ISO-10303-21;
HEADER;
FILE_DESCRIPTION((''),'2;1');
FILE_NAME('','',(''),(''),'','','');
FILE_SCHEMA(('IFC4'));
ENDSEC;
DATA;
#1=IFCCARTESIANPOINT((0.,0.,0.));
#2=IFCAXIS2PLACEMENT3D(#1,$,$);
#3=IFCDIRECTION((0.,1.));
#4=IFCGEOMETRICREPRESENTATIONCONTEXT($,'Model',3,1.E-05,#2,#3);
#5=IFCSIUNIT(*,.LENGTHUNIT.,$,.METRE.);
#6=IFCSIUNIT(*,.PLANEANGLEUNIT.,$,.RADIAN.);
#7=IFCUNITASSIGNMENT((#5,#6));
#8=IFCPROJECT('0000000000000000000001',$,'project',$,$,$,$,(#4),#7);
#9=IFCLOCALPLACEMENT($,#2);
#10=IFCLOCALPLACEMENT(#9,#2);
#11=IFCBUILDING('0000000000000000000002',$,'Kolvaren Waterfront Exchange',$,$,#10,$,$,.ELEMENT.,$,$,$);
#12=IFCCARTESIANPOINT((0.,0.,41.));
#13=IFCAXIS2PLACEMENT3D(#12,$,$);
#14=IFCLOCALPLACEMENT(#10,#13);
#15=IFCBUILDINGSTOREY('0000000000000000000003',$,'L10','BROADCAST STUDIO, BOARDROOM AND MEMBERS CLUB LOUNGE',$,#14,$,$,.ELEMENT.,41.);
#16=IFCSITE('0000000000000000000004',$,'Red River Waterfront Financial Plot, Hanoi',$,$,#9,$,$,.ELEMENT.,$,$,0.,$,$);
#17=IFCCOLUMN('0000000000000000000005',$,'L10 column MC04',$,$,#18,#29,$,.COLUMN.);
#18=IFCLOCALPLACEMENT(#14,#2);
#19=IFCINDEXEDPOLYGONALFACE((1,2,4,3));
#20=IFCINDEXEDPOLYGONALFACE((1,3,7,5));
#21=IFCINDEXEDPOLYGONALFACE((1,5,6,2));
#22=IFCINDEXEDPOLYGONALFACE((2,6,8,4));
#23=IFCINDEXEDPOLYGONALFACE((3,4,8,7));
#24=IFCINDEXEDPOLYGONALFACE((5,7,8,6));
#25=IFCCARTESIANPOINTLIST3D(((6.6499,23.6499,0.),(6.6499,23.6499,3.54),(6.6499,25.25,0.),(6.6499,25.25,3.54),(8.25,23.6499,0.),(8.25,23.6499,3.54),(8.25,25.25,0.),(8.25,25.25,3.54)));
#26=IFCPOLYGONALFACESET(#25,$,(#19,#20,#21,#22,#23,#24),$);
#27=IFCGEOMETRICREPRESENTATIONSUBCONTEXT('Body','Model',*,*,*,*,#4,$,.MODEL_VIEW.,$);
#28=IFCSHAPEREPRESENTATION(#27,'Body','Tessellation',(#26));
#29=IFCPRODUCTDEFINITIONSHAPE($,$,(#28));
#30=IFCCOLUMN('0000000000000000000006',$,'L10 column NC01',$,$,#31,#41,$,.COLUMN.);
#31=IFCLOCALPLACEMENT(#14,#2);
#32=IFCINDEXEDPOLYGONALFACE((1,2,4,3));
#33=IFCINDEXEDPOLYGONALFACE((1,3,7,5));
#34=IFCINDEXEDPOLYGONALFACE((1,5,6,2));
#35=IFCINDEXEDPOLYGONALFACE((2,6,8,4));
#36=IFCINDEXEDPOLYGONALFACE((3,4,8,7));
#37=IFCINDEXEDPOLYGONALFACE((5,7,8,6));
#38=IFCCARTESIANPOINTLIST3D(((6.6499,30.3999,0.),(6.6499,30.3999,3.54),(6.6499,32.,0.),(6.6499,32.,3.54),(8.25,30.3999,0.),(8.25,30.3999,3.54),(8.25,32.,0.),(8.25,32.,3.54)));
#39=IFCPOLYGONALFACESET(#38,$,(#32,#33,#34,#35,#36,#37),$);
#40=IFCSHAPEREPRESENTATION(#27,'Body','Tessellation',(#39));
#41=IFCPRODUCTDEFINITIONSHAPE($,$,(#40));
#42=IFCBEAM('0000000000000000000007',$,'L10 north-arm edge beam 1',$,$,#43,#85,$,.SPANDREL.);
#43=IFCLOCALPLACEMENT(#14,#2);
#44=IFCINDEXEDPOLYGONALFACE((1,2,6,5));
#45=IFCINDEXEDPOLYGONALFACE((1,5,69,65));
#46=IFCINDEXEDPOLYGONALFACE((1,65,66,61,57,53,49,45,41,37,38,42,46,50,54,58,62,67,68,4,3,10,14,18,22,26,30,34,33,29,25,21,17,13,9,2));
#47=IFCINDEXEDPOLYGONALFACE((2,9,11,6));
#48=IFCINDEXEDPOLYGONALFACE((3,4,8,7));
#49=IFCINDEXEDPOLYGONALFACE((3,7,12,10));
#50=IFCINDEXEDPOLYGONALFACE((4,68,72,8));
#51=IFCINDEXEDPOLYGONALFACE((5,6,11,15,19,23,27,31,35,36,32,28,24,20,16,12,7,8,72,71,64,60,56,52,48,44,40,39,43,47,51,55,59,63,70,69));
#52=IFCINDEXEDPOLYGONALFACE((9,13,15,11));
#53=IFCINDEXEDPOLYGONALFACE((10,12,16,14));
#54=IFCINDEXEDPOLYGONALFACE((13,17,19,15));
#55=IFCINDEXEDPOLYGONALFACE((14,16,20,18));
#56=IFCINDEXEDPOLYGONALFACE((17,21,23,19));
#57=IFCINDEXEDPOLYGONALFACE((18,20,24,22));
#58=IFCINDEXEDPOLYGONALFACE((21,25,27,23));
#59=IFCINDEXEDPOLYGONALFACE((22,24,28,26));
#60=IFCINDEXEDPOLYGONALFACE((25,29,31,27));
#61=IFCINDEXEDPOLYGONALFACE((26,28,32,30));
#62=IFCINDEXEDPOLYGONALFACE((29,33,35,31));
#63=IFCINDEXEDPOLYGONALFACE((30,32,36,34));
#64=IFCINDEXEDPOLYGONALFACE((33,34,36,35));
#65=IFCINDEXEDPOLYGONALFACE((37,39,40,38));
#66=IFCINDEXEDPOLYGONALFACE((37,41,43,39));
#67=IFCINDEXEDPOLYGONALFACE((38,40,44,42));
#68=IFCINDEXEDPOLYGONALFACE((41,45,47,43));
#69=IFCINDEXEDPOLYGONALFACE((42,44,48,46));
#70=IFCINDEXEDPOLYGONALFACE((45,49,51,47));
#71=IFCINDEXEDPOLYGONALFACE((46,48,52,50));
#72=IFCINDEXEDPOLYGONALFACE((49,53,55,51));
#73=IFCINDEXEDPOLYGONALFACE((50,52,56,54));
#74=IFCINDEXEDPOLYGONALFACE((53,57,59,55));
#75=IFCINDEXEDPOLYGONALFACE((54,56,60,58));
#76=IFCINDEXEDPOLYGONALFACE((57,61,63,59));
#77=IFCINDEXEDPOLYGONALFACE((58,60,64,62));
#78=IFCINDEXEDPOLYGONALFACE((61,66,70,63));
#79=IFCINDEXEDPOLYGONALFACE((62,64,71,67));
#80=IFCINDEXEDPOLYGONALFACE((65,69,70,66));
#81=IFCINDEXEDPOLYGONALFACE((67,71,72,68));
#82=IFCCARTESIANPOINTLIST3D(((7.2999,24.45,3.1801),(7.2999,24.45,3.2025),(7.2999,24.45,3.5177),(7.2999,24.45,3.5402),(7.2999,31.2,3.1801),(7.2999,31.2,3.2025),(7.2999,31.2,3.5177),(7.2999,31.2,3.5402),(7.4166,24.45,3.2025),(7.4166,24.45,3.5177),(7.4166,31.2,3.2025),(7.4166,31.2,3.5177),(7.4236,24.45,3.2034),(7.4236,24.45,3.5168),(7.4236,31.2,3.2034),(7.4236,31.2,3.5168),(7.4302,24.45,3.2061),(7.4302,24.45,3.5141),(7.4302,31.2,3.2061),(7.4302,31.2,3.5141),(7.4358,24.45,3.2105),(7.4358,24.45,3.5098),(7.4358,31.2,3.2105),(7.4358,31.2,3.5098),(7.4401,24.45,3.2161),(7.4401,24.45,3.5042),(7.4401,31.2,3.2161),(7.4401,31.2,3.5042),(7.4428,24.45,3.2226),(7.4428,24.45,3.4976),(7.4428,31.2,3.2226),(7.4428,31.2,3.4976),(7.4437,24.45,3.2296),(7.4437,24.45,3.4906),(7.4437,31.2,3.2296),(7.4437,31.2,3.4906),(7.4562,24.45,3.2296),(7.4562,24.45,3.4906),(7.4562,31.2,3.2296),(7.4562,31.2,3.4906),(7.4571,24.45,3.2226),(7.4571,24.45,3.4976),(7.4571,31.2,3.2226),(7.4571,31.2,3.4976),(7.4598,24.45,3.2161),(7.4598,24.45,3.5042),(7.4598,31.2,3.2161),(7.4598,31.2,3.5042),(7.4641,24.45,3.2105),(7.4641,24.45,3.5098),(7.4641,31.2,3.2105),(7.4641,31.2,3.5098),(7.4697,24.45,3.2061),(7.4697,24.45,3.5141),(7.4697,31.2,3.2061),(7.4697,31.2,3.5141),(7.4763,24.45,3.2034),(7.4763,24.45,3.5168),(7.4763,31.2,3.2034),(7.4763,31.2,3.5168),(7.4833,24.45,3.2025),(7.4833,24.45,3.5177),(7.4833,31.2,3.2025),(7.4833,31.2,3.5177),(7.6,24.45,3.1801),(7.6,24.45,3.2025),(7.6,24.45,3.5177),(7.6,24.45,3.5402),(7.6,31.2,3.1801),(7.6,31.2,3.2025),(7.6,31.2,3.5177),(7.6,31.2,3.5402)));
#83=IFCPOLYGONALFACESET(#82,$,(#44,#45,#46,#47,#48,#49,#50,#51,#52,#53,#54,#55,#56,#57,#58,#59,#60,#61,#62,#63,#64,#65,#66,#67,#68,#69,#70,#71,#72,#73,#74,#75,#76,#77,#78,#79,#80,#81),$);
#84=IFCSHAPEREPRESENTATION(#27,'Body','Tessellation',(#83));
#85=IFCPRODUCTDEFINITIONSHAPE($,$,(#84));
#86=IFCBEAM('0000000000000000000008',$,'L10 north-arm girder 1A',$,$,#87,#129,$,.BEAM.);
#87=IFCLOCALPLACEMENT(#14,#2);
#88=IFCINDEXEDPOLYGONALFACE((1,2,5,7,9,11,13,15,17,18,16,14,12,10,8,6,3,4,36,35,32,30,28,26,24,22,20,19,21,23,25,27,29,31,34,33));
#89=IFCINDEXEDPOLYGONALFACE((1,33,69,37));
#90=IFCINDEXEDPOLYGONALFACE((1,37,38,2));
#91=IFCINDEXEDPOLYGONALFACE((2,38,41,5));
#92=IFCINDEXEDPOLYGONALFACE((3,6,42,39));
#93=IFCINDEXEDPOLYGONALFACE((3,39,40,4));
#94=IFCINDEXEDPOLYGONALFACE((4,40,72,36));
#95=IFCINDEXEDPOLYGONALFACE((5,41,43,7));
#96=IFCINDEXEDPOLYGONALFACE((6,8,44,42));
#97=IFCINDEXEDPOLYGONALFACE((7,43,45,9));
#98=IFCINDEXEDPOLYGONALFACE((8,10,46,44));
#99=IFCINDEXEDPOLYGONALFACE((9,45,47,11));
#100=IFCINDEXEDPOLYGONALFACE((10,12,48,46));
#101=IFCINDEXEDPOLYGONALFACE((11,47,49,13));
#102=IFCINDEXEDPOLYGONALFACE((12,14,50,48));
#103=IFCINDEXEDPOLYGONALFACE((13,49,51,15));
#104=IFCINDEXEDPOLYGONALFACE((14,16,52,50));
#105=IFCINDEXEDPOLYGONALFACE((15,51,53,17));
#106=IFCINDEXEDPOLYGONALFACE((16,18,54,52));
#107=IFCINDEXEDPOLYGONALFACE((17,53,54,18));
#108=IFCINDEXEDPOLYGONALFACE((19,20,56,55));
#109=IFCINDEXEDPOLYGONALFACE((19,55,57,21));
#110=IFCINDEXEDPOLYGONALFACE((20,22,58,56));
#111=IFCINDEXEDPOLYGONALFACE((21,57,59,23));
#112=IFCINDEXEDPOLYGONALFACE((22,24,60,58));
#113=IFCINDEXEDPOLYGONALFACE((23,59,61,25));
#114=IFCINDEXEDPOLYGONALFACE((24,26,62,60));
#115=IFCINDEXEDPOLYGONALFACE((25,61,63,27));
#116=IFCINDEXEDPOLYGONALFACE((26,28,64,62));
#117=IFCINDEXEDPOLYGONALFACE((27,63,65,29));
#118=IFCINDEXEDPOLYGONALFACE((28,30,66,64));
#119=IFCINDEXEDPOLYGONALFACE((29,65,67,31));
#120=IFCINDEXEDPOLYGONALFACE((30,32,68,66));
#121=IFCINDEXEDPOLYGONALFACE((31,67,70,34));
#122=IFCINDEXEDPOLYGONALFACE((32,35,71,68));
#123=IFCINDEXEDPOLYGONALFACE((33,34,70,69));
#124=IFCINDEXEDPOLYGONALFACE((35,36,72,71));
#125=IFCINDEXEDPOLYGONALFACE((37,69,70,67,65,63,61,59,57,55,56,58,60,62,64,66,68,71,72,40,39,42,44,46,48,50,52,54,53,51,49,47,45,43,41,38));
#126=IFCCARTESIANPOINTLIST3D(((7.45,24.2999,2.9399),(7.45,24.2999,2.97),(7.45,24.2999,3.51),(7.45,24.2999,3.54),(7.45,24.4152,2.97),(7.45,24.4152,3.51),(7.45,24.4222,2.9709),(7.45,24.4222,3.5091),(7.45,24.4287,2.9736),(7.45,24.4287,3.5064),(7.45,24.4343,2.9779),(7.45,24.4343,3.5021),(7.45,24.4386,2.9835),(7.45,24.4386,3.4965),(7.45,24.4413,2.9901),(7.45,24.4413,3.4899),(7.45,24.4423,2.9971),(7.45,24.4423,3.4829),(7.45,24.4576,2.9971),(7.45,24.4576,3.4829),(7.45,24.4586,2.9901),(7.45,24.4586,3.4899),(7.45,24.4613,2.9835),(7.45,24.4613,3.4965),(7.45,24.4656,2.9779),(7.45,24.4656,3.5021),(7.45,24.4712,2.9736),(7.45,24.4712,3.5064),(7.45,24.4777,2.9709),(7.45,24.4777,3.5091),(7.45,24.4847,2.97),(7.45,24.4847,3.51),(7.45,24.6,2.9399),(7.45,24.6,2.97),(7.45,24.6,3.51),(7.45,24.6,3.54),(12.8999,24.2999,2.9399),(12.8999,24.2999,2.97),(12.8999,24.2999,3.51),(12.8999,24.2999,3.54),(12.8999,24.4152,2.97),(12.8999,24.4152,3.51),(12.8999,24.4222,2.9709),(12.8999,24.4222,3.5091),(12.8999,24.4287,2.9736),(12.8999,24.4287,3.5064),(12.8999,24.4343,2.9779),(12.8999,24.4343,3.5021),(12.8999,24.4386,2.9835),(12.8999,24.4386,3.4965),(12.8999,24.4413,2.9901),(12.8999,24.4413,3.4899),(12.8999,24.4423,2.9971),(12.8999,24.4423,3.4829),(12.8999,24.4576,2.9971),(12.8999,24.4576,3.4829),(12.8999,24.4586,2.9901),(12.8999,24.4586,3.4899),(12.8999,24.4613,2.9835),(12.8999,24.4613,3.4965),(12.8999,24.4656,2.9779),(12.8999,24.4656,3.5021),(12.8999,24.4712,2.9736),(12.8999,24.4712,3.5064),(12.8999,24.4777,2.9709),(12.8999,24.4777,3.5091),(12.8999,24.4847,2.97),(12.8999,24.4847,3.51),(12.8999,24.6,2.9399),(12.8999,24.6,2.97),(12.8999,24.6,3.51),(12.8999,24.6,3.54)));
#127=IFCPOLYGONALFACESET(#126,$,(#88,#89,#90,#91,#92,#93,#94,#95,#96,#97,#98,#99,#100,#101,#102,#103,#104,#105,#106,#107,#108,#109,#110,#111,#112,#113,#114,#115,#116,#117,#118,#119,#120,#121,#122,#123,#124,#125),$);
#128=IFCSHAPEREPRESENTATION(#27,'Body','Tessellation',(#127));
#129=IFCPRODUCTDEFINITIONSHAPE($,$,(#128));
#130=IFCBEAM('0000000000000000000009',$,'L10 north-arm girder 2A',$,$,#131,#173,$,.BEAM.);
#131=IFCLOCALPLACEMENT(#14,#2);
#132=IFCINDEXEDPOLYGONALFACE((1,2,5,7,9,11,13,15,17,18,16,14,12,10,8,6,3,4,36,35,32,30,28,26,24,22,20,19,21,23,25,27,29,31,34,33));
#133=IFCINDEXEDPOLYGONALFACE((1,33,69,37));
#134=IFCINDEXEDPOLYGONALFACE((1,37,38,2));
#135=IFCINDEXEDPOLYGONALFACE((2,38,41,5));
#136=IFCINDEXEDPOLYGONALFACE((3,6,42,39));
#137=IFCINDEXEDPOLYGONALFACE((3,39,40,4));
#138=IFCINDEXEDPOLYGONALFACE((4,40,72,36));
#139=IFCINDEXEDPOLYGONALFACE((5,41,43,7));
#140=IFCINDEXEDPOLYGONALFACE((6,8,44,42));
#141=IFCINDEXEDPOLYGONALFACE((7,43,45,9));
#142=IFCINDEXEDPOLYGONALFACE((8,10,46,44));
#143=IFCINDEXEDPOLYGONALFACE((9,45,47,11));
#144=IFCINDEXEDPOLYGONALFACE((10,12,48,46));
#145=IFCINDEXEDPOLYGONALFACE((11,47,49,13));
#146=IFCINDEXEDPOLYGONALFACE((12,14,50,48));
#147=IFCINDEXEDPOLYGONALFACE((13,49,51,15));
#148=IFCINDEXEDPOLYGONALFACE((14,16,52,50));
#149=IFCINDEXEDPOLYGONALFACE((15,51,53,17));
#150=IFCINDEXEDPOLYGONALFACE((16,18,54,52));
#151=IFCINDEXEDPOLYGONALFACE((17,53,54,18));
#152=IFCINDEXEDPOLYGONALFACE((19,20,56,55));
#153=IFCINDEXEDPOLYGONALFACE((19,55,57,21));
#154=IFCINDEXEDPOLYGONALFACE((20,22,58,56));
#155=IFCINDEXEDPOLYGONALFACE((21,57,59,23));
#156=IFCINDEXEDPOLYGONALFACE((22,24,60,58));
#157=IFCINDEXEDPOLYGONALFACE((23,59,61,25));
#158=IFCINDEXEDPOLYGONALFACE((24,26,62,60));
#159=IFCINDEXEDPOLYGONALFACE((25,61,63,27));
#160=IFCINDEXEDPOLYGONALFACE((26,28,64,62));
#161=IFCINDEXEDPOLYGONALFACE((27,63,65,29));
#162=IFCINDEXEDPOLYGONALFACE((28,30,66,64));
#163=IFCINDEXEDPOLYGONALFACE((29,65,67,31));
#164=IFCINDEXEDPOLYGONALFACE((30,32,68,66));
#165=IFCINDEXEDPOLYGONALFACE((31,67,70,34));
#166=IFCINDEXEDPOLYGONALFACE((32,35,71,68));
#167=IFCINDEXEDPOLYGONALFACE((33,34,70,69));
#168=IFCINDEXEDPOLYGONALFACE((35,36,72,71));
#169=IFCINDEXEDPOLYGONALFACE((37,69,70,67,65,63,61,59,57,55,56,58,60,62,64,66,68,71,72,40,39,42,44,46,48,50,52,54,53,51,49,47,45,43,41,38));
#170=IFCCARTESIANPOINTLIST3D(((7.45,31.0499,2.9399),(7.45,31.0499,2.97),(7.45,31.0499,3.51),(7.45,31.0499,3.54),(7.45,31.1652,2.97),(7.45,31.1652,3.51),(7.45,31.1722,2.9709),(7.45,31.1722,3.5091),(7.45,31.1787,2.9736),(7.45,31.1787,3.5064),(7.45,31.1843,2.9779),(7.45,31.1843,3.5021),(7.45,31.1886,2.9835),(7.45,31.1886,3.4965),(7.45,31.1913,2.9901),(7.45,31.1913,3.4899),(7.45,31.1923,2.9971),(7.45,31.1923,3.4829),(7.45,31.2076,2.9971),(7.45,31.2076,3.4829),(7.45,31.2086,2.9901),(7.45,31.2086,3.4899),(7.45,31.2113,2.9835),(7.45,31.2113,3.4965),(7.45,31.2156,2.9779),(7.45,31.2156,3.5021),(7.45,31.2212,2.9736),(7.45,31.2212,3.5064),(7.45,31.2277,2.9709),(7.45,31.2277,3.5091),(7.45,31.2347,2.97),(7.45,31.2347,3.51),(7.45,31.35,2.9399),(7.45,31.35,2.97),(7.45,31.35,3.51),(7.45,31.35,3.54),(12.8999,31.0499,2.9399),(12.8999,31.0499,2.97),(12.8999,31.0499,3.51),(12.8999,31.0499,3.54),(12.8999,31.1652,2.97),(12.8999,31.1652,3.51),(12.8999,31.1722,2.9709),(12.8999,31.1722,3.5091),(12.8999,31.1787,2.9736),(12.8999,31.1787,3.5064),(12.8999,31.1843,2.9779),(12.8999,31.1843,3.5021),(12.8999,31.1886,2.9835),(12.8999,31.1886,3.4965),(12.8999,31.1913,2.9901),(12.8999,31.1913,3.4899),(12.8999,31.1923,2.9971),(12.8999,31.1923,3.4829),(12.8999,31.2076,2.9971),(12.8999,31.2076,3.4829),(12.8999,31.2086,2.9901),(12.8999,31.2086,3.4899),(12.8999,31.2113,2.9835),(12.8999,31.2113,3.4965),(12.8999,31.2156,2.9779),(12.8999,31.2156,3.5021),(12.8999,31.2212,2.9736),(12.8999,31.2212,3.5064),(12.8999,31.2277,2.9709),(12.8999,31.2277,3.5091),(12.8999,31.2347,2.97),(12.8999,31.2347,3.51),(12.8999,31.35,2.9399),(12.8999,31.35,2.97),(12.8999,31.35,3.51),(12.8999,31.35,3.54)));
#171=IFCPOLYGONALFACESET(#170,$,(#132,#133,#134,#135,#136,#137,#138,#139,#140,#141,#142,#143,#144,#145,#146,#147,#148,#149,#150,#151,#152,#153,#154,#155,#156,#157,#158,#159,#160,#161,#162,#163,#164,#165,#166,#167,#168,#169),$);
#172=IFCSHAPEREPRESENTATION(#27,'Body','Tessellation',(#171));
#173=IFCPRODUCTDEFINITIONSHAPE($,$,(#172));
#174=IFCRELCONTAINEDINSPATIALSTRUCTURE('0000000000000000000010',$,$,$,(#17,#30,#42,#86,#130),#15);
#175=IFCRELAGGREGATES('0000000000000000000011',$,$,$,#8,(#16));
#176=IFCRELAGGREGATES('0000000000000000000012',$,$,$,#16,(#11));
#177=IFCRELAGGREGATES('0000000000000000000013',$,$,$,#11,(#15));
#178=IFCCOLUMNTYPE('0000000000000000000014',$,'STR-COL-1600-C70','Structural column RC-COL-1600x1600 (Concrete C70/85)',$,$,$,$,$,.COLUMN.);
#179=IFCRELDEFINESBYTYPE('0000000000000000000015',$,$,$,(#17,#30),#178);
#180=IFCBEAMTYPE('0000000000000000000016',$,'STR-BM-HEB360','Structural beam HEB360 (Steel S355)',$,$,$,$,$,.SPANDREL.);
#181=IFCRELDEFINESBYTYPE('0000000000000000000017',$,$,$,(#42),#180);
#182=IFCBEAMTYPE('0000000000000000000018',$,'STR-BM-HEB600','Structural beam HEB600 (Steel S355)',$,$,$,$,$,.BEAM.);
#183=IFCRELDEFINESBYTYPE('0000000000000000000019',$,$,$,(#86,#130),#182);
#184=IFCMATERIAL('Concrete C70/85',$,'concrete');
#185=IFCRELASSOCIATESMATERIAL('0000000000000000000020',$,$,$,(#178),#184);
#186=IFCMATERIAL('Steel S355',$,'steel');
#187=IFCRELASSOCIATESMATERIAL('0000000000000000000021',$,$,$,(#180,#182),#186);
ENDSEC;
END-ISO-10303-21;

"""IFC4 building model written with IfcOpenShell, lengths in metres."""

from ifc_helpers import new_model, si_unit, direction, frame, origin, origin_2d, place, context, subcontext, project, spatial, rectangle, i_section, extrude, material, material_profile, profile_set, type_object, element, save


model = new_model("IFC4")

# Units and contexts
model_context = context("Model", 3, precision=1e-05, world=origin(), true_north=direction((0.0, 1.0)))
body_context = subcontext(model_context, "Body", "Model", "MODEL_VIEW")
ifc_project = project(units=[si_unit("LENGTHUNIT", "METRE"), si_unit("PLANEANGLEUNIT", "RADIAN")], contexts=[model_context])

# Site, building, storey
site_placement = place(None, origin())
site = spatial("IfcSite", under=ifc_project, at=site_placement, Name="Red River Waterfront Financial Plot, Hanoi", CompositionType="ELEMENT", RefElevation=0.0)
building_placement = place(site_placement, origin())
building = spatial("IfcBuilding", under=site, at=building_placement, Name="Kolvaren Waterfront Exchange", CompositionType="ELEMENT")
storey_placement = place(building_placement, frame((0.0, 0.0, 41.0)))
storey = spatial("IfcBuildingStorey", under=building, at=storey_placement, Name="L10", Description="BROADCAST STUDIO, BOARDROOM AND MEMBERS CLUB LOUNGE", CompositionType="ELEMENT", Elevation=41.0)

# Columns
ifc_material_1 = material(Name="Concrete C70/85", Category="concrete")
ifc_material_profile_1 = material_profile(ifc_material_1, rectangle(XDim=1.6001, YDim=1.6001, at=origin_2d()), Name="RC-COL-1600x1600")
ifc_profile_set_1 = profile_set([ifc_material_profile_1], Name="Concrete C70/85")
column_type = type_object("IfcColumnType", Name="STR-COL-1600-C70", Description="Structural column RC-COL-1600x1600 (Concrete C70/85)", PredefinedType="COLUMN", material=ifc_profile_set_1)
for number, where, z_axis, x_axis, name in (
    (1, (7.45, 24.45, 0.0), (0.0, 0.0, 1.0), (1.0, 0.0, 0.0), "L10 column MC04"),
    (2, (7.45, 31.2, 0.0), (0.0, 0.0, 1.0), (1.0, 0.0, 0.0), "L10 column NC01"),
):
    element("IfcColumn", number, at=place(storey_placement, frame(where, z_axis=z_axis, x_axis=x_axis)), inside=storey, type_object=column_type, Name=name, PredefinedType="COLUMN", context=body_context, shape_type="SweptSolid", body=[
        extrude(rectangle(XDim=1.6001, YDim=1.6001, at=origin_2d()), origin(), (0.0, 0.0, 1.0), 3.54),
    ])

# Beams
ifc_material_2 = material(Name="Steel S355", Category="steel")
ifc_material_profile_2 = material_profile(ifc_material_2, i_section(OverallWidth=0.3, OverallDepth=0.3601, WebThickness=0.0125, FlangeThickness=0.0225, FilletRadius=0.0271, at=origin_2d()), Name="HEB360")
ifc_profile_set_2 = profile_set([ifc_material_profile_2], Name="Steel S355")
beam_type_1 = type_object("IfcBeamType", Name="STR-BM-HEB360", Description="Structural beam HEB360 (Steel S355)", PredefinedType="SPANDREL", material=ifc_profile_set_2)
beam_1_placement = place(storey_placement, frame((7.45, 24.45, 3.3601), z_axis=(0.0, 1.0, 0.0), x_axis=(-1.0, 0.0, 0.0)))
element("IfcBeam", 3, at=beam_1_placement, inside=storey, type_object=beam_type_1, Name="L10 north-arm edge beam 1", PredefinedType="SPANDREL", context=body_context, shape_type="SweptSolid", body=[
    extrude(i_section(OverallWidth=0.3, OverallDepth=0.3601, WebThickness=0.0125, FlangeThickness=0.0225, FilletRadius=0.0271, at=origin_2d()), origin(), (0.0, 0.0, 1.0), 6.75),
])
ifc_material_profile_3 = material_profile(ifc_material_2, i_section(OverallWidth=0.3, OverallDepth=0.6001, WebThickness=0.0154, FlangeThickness=0.03, FilletRadius=0.0271, at=origin_2d()), Name="HEB600")
ifc_profile_set_3 = profile_set([ifc_material_profile_3], Name="Steel S355")
beam_type_2 = type_object("IfcBeamType", Name="STR-BM-HEB600", Description="Structural beam HEB600 (Steel S355)", PredefinedType="BEAM", material=ifc_profile_set_3)
for number, where, z_axis, x_axis, name in (
    (4, (7.45, 24.45, 3.24), (1.0, 0.0, 0.0), (0.0, 1.0, 0.0), "L10 north-arm girder 1A"),
    (5, (7.45, 31.2, 3.24), (1.0, 0.0, 0.0), (0.0, 1.0, 0.0), "L10 north-arm girder 2A"),
):
    element("IfcBeam", number, at=place(storey_placement, frame(where, z_axis=z_axis, x_axis=x_axis)), inside=storey, type_object=beam_type_2, Name=name, PredefinedType="BEAM", context=body_context, shape_type="SweptSolid", body=[
        extrude(i_section(OverallWidth=0.3, OverallDepth=0.6001, WebThickness=0.0154, FlangeThickness=0.03, FilletRadius=0.0271, at=origin_2d()), origin(), (0.0, 0.0, 1.0), 5.45),
    ])

save(model, "model.ifc")
